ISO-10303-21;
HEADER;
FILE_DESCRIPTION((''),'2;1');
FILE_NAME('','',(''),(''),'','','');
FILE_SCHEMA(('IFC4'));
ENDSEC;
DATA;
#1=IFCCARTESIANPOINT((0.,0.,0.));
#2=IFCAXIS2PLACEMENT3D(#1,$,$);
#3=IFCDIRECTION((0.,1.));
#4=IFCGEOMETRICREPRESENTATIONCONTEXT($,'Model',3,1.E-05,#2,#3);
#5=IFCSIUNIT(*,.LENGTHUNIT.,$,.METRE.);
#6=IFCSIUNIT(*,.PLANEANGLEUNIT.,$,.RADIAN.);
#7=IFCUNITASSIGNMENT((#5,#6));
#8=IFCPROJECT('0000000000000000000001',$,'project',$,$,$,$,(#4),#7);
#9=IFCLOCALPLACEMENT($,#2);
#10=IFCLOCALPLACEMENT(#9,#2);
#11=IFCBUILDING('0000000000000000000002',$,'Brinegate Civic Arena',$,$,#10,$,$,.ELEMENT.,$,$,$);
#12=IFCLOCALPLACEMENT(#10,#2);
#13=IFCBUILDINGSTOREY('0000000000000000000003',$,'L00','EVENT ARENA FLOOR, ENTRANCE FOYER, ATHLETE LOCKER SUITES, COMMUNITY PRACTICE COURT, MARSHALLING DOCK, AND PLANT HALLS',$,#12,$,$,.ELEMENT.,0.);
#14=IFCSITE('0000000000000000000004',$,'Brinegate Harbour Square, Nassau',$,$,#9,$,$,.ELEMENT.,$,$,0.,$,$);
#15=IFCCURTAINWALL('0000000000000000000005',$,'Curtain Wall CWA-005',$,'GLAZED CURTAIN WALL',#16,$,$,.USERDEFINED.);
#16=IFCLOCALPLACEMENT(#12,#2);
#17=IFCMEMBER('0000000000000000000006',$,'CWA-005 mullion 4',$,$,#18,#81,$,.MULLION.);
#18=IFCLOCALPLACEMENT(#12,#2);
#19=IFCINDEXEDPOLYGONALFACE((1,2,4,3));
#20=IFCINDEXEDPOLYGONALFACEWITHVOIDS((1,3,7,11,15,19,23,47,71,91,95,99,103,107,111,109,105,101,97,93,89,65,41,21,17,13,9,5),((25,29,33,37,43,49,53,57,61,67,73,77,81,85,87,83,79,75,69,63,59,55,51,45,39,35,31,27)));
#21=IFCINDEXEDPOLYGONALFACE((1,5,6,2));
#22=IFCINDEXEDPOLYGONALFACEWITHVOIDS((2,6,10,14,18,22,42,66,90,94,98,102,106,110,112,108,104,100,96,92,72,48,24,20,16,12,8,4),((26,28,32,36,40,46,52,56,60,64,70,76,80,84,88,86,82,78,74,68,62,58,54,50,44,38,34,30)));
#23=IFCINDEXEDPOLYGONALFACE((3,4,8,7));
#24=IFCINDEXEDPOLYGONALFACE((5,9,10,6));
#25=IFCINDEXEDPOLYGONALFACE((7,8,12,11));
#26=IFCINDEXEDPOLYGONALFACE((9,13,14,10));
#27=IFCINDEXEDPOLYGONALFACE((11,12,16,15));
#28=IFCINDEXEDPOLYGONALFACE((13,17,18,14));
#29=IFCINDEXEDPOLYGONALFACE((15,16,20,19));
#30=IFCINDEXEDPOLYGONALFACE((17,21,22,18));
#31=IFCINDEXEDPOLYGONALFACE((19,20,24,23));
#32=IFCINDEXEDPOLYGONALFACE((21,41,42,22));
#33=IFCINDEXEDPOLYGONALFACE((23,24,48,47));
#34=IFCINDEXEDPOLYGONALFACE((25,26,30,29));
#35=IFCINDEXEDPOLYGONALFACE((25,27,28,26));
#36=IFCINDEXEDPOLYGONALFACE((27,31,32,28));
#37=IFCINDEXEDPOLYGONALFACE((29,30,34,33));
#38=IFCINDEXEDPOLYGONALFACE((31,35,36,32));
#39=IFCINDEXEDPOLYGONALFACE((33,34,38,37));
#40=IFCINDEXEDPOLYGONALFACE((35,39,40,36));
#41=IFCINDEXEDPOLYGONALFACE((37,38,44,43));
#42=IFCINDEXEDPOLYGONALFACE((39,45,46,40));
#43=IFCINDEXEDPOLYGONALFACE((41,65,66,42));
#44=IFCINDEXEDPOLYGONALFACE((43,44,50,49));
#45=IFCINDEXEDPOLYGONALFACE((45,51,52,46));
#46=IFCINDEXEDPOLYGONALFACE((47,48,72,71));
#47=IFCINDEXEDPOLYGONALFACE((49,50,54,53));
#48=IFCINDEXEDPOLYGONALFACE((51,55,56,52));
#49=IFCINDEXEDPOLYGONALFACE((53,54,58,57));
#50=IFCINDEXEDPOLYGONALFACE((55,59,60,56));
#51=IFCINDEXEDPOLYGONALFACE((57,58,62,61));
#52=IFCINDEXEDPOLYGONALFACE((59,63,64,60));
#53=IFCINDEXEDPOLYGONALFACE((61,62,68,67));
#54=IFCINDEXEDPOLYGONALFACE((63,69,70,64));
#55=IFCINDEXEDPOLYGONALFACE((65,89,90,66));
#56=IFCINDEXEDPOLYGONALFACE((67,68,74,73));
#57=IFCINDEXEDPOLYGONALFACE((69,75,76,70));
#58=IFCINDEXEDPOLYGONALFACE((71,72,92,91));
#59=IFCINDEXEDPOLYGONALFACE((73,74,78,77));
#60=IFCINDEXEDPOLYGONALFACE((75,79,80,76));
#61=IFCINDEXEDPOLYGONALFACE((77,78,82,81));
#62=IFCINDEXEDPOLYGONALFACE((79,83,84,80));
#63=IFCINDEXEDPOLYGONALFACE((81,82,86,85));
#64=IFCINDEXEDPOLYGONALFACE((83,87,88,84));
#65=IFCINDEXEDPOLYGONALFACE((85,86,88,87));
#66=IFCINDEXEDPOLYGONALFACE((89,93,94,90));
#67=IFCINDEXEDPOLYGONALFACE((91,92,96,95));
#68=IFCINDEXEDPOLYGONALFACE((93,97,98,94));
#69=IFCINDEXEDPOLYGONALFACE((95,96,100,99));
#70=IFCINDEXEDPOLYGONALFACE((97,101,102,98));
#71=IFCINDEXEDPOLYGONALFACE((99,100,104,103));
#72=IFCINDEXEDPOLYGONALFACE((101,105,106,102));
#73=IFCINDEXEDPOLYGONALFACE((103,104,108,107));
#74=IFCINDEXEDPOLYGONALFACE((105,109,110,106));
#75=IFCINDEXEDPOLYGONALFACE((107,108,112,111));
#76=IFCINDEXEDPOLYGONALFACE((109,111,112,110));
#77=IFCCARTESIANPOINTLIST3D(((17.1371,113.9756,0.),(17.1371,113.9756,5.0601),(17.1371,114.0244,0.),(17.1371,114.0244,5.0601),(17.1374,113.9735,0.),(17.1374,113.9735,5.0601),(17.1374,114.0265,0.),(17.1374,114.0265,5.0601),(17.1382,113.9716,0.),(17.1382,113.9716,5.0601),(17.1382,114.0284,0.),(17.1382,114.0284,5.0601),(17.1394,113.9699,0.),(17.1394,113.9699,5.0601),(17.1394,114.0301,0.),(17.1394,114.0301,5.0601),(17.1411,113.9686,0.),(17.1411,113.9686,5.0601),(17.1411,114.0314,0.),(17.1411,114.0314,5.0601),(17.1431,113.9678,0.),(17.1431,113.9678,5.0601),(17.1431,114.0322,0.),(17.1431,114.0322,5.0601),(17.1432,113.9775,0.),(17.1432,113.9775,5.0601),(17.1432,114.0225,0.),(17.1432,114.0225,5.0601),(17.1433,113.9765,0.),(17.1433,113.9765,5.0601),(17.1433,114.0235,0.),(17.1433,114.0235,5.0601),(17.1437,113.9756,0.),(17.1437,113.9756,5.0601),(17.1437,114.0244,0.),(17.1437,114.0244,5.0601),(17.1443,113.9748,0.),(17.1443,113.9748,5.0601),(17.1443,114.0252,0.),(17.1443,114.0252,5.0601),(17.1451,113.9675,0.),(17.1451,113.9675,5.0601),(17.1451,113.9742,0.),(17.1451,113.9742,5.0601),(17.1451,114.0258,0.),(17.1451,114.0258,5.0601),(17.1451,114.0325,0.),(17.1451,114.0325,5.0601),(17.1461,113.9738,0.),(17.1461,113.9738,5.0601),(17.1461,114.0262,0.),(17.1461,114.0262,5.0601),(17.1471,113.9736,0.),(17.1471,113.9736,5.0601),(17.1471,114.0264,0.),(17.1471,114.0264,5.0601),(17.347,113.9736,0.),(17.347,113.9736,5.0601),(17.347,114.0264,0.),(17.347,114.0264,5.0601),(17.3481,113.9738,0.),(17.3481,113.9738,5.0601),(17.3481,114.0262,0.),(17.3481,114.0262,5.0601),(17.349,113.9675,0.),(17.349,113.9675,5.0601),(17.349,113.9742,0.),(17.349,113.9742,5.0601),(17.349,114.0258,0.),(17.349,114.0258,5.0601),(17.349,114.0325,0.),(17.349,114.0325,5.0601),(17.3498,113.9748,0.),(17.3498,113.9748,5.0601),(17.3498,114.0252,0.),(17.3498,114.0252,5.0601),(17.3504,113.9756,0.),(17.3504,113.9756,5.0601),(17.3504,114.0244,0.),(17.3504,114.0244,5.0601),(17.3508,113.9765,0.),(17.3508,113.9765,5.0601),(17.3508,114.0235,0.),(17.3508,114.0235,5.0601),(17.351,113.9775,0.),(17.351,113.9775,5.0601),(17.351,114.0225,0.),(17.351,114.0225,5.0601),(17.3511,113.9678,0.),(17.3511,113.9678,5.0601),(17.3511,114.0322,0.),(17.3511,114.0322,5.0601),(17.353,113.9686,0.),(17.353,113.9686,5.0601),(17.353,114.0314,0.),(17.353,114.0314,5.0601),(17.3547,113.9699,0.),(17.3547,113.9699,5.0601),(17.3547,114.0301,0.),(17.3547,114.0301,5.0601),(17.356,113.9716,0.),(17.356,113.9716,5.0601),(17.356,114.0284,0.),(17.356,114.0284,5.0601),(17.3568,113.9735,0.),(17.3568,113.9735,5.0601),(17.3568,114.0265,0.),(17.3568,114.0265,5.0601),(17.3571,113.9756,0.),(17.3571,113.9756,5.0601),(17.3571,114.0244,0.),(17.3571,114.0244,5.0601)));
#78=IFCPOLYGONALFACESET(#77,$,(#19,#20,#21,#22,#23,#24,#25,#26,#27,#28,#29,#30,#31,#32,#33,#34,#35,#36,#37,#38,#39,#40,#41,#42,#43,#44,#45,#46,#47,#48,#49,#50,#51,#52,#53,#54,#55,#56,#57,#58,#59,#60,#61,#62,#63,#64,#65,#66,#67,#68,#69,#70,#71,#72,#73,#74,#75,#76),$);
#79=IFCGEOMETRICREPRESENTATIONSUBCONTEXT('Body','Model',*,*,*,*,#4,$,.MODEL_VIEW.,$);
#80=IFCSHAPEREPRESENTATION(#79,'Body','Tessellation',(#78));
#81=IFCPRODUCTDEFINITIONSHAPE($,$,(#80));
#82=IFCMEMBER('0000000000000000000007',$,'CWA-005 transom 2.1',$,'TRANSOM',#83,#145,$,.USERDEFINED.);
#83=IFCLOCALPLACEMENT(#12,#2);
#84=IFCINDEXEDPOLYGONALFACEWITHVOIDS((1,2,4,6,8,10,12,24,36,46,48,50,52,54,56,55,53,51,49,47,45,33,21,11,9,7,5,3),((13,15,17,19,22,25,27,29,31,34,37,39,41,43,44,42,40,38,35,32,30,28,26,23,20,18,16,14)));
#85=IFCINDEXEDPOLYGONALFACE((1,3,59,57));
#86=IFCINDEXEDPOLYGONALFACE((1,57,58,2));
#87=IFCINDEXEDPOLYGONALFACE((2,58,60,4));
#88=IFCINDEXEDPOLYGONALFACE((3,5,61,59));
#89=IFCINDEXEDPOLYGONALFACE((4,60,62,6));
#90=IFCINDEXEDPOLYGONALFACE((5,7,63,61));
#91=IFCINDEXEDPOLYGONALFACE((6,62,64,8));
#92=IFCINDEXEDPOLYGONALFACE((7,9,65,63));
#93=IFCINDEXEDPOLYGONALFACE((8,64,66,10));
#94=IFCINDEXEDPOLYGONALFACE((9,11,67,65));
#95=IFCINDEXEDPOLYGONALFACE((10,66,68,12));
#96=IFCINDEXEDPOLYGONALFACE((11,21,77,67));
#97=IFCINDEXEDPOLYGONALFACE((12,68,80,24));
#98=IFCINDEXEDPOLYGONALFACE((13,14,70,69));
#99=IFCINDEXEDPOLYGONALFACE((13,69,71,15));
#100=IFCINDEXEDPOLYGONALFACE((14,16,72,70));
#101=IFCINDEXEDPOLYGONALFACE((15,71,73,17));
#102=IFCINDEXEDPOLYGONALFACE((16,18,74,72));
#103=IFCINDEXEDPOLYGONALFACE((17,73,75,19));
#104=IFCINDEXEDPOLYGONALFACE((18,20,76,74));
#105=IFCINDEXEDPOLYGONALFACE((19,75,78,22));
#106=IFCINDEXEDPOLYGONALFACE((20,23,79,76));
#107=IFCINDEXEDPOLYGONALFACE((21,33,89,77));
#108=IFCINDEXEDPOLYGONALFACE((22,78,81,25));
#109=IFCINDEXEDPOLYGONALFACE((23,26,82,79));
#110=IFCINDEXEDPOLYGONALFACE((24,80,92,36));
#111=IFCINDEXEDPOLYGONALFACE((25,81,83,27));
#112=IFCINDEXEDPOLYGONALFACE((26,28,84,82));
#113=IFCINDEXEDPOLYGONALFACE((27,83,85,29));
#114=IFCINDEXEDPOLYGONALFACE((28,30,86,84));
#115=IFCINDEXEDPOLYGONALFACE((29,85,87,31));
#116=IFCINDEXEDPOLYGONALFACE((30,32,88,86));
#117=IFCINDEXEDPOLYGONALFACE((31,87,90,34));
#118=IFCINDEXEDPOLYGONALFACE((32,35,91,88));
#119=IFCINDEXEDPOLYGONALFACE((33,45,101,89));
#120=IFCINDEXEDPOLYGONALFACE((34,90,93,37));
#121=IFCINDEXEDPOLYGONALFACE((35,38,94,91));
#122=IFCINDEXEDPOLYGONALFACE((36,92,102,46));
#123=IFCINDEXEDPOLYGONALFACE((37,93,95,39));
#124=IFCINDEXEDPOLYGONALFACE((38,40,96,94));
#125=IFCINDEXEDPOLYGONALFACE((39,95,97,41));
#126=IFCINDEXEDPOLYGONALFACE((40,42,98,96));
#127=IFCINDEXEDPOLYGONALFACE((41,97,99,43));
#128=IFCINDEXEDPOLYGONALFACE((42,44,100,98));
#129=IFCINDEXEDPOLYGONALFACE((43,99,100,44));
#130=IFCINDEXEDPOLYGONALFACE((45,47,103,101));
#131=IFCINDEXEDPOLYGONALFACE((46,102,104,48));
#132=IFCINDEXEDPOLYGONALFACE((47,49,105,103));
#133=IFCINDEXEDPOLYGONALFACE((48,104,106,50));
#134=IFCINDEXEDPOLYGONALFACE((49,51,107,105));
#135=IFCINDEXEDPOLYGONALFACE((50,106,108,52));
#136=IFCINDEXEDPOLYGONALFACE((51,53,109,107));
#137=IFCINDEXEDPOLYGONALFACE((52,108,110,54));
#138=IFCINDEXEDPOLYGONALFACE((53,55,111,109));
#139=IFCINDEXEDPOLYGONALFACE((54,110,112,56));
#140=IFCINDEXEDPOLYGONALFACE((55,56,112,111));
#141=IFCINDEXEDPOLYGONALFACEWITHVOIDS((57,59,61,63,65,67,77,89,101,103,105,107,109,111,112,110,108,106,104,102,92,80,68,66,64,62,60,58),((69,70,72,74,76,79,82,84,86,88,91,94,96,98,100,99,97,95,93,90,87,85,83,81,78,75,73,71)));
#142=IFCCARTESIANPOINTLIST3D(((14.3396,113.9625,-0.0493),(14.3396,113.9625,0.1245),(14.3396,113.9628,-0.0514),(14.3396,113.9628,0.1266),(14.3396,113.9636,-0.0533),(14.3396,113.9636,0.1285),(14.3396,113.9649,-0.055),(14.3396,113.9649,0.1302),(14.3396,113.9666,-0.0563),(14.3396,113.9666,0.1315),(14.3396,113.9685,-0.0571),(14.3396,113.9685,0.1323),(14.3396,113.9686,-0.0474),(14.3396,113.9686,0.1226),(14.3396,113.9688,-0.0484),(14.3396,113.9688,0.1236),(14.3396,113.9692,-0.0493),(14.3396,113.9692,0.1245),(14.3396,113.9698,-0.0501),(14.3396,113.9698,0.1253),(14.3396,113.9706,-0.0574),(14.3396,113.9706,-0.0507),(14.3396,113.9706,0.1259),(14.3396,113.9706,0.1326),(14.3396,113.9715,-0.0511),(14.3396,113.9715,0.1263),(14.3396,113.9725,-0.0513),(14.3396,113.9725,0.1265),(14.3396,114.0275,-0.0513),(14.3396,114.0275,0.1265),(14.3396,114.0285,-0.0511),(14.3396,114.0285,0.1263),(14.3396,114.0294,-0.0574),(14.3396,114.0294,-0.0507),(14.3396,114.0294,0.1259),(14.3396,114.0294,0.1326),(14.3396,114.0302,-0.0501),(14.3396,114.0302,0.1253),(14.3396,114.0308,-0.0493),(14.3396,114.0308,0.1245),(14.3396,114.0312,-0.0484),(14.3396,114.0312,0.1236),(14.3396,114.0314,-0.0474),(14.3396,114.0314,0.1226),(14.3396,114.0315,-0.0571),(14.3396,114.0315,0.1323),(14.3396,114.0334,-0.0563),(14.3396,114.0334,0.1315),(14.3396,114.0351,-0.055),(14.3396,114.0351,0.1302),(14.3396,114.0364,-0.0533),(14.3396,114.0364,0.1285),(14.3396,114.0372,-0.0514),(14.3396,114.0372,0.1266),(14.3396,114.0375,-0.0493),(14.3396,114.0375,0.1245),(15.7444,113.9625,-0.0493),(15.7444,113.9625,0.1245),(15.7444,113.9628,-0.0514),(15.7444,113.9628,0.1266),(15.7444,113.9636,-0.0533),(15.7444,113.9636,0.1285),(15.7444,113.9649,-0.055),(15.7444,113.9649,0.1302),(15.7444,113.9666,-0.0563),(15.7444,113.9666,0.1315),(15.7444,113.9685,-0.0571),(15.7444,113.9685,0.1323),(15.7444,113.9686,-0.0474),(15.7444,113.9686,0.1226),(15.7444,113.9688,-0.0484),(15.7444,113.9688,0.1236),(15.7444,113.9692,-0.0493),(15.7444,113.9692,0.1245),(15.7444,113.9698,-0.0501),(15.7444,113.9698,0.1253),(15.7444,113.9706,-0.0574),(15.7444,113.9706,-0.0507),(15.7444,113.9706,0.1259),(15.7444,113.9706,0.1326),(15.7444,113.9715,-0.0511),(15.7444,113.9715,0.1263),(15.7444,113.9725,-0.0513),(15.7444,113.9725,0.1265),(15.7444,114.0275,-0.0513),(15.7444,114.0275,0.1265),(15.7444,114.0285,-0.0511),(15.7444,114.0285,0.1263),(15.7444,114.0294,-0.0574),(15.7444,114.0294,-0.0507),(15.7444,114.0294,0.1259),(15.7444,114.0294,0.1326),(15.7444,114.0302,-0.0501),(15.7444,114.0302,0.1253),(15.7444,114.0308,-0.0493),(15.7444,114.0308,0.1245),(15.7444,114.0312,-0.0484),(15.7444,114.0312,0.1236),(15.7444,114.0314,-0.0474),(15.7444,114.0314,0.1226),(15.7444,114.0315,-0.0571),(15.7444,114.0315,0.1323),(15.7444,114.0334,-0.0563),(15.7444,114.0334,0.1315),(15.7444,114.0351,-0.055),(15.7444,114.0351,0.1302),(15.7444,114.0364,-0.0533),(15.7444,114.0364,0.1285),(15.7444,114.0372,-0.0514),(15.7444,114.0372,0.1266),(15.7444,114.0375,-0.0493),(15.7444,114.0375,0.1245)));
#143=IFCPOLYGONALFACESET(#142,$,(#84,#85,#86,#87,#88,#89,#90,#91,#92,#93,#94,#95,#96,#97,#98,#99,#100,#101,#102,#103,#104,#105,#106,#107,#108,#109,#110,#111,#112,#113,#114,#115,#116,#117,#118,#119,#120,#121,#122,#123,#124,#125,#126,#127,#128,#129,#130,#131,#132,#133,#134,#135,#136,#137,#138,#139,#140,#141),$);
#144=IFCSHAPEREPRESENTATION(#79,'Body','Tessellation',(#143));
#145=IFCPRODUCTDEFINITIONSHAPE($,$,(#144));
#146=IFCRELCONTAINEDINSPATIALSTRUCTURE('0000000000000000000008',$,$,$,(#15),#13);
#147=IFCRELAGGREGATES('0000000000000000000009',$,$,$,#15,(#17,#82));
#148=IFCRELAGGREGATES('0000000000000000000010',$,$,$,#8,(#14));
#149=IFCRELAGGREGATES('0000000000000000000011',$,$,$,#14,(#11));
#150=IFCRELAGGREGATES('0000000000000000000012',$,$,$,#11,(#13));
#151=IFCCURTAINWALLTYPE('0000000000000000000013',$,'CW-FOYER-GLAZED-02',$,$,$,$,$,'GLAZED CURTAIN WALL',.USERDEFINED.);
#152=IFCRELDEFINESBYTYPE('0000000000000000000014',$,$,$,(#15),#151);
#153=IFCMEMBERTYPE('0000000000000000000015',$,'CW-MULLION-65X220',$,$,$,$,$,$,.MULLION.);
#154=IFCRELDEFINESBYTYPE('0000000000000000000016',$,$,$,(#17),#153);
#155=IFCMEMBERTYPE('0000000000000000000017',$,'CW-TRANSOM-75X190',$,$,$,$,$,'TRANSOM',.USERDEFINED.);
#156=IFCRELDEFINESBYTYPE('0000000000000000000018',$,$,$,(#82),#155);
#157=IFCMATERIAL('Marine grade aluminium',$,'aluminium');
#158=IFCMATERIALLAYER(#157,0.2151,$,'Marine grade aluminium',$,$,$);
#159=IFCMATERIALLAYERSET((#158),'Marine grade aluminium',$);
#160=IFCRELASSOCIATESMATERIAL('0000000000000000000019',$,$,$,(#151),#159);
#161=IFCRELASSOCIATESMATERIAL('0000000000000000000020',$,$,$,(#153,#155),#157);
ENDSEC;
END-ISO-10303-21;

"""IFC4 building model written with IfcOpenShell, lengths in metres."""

from ifc_helpers import new_model, si_unit, direction, frame, origin, origin_2d, place, context, subcontext, project, spatial, hollow_rectangle, extrude, material, layer, layer_set, material_profile, profile_set, type_object, element, aggregate, save


model = new_model("IFC4")

# Units and contexts
model_context = context("Model", 3, precision=1e-05, world=origin(), true_north=direction((0.0, 1.0)))
body_context = subcontext(model_context, "Body", "Model", "MODEL_VIEW")
ifc_project = project(units=[si_unit("LENGTHUNIT", "METRE"), si_unit("PLANEANGLEUNIT", "RADIAN")], contexts=[model_context])

# Site, building, storey
site_placement = place(None, origin())
site = spatial("IfcSite", under=ifc_project, at=site_placement, Name="Brinegate Harbour Square, Nassau", CompositionType="ELEMENT", RefElevation=0.0)
building_placement = place(site_placement, origin())
building = spatial("IfcBuilding", under=site, at=building_placement, Name="Brinegate Civic Arena", CompositionType="ELEMENT")
storey_placement = place(building_placement, origin())
storey = spatial("IfcBuildingStorey", under=building, at=storey_placement, Name="L00", Description="EVENT ARENA FLOOR, ENTRANCE FOYER, ATHLETE LOCKER SUITES, COMMUNITY PRACTICE COURT, MARSHALLING DOCK, AND PLANT HALLS", CompositionType="ELEMENT", Elevation=0.0)

# Curtain wall, members
ifc_material_1 = material(Name="Marine grade aluminium", Category="aluminium")
ifc_layer_1 = layer(ifc_material_1, 0.2151, Name="Marine grade aluminium")
ifc_layer_set_1 = layer_set([ifc_layer_1], Name="Marine grade aluminium")
curtain_wall_type = type_object("IfcCurtainWallType", Name="CW-FOYER-GLAZED-02", ElementType="GLAZED CURTAIN WALL", PredefinedType="USERDEFINED", material=ifc_layer_set_1)
curtain_wall_placement = place(storey_placement, origin())
curtain_wall = element("IfcCurtainWall", 1, at=curtain_wall_placement, inside=storey, type_object=curtain_wall_type, Name="Curtain Wall CWA-005", ObjectType="GLAZED CURTAIN WALL", PredefinedType="USERDEFINED")
ifc_material_profile_1 = material_profile(ifc_material_1, hollow_rectangle(XDim=0.0649, YDim=0.22, WallThickness=0.0061, InnerFilletRadius=0.0039, OuterFilletRadius=0.0081, at=origin_2d()), Name="MUL65X220")
ifc_profile_set_1 = profile_set([ifc_material_profile_1], Name="Marine grade aluminium")
member_type_1 = type_object("IfcMemberType", Name="CW-MULLION-65X220", PredefinedType="MULLION", material=ifc_profile_set_1)
member_1_placement = place(storey_placement, frame((17.2471, 114.0, 0.0), z_axis=(0.0, 0.0, 1.0), x_axis=(0.0, 1.0, 0.0)))
member_1 = element("IfcMember", 2, at=member_1_placement, type_object=member_type_1, Name="CWA-005 mullion 4", PredefinedType="MULLION", context=body_context, shape_type="SweptSolid", body=[
    extrude(hollow_rectangle(XDim=0.0649, YDim=0.22, WallThickness=0.0061, InnerFilletRadius=0.0039, OuterFilletRadius=0.0081, at=origin_2d()), origin(), (0.0, 0.0, 1.0), 5.0601),
])
ifc_material_profile_2 = material_profile(ifc_material_1, hollow_rectangle(XDim=0.075, YDim=0.1899, WallThickness=0.0061, InnerFilletRadius=0.0039, OuterFilletRadius=0.0081, at=origin_2d()), Name="TRN75X190")
ifc_profile_set_2 = profile_set([ifc_material_profile_2], Name="Marine grade aluminium")
member_type_2 = type_object("IfcMemberType", Name="CW-TRANSOM-75X190", ElementType="TRANSOM", PredefinedType="USERDEFINED", material=ifc_profile_set_2)
member_2_placement = place(storey_placement, frame((14.3396, 114.0, 0.0376), z_axis=(1.0, 0.0, 0.0), x_axis=(0.0, 1.0, 0.0)))
member_2 = element("IfcMember", 3, at=member_2_placement, type_object=member_type_2, Name="CWA-005 transom 2.1", ObjectType="TRANSOM", PredefinedType="USERDEFINED", context=body_context, shape_type="SweptSolid", body=[
    extrude(hollow_rectangle(XDim=0.075, YDim=0.1899, WallThickness=0.0061, InnerFilletRadius=0.0039, OuterFilletRadius=0.0081, at=origin_2d()), origin(), (0.0, 0.0, 1.0), 1.4048),
])
aggregate(curtain_wall, [member_1, member_2])

save(model, "model.ifc")
